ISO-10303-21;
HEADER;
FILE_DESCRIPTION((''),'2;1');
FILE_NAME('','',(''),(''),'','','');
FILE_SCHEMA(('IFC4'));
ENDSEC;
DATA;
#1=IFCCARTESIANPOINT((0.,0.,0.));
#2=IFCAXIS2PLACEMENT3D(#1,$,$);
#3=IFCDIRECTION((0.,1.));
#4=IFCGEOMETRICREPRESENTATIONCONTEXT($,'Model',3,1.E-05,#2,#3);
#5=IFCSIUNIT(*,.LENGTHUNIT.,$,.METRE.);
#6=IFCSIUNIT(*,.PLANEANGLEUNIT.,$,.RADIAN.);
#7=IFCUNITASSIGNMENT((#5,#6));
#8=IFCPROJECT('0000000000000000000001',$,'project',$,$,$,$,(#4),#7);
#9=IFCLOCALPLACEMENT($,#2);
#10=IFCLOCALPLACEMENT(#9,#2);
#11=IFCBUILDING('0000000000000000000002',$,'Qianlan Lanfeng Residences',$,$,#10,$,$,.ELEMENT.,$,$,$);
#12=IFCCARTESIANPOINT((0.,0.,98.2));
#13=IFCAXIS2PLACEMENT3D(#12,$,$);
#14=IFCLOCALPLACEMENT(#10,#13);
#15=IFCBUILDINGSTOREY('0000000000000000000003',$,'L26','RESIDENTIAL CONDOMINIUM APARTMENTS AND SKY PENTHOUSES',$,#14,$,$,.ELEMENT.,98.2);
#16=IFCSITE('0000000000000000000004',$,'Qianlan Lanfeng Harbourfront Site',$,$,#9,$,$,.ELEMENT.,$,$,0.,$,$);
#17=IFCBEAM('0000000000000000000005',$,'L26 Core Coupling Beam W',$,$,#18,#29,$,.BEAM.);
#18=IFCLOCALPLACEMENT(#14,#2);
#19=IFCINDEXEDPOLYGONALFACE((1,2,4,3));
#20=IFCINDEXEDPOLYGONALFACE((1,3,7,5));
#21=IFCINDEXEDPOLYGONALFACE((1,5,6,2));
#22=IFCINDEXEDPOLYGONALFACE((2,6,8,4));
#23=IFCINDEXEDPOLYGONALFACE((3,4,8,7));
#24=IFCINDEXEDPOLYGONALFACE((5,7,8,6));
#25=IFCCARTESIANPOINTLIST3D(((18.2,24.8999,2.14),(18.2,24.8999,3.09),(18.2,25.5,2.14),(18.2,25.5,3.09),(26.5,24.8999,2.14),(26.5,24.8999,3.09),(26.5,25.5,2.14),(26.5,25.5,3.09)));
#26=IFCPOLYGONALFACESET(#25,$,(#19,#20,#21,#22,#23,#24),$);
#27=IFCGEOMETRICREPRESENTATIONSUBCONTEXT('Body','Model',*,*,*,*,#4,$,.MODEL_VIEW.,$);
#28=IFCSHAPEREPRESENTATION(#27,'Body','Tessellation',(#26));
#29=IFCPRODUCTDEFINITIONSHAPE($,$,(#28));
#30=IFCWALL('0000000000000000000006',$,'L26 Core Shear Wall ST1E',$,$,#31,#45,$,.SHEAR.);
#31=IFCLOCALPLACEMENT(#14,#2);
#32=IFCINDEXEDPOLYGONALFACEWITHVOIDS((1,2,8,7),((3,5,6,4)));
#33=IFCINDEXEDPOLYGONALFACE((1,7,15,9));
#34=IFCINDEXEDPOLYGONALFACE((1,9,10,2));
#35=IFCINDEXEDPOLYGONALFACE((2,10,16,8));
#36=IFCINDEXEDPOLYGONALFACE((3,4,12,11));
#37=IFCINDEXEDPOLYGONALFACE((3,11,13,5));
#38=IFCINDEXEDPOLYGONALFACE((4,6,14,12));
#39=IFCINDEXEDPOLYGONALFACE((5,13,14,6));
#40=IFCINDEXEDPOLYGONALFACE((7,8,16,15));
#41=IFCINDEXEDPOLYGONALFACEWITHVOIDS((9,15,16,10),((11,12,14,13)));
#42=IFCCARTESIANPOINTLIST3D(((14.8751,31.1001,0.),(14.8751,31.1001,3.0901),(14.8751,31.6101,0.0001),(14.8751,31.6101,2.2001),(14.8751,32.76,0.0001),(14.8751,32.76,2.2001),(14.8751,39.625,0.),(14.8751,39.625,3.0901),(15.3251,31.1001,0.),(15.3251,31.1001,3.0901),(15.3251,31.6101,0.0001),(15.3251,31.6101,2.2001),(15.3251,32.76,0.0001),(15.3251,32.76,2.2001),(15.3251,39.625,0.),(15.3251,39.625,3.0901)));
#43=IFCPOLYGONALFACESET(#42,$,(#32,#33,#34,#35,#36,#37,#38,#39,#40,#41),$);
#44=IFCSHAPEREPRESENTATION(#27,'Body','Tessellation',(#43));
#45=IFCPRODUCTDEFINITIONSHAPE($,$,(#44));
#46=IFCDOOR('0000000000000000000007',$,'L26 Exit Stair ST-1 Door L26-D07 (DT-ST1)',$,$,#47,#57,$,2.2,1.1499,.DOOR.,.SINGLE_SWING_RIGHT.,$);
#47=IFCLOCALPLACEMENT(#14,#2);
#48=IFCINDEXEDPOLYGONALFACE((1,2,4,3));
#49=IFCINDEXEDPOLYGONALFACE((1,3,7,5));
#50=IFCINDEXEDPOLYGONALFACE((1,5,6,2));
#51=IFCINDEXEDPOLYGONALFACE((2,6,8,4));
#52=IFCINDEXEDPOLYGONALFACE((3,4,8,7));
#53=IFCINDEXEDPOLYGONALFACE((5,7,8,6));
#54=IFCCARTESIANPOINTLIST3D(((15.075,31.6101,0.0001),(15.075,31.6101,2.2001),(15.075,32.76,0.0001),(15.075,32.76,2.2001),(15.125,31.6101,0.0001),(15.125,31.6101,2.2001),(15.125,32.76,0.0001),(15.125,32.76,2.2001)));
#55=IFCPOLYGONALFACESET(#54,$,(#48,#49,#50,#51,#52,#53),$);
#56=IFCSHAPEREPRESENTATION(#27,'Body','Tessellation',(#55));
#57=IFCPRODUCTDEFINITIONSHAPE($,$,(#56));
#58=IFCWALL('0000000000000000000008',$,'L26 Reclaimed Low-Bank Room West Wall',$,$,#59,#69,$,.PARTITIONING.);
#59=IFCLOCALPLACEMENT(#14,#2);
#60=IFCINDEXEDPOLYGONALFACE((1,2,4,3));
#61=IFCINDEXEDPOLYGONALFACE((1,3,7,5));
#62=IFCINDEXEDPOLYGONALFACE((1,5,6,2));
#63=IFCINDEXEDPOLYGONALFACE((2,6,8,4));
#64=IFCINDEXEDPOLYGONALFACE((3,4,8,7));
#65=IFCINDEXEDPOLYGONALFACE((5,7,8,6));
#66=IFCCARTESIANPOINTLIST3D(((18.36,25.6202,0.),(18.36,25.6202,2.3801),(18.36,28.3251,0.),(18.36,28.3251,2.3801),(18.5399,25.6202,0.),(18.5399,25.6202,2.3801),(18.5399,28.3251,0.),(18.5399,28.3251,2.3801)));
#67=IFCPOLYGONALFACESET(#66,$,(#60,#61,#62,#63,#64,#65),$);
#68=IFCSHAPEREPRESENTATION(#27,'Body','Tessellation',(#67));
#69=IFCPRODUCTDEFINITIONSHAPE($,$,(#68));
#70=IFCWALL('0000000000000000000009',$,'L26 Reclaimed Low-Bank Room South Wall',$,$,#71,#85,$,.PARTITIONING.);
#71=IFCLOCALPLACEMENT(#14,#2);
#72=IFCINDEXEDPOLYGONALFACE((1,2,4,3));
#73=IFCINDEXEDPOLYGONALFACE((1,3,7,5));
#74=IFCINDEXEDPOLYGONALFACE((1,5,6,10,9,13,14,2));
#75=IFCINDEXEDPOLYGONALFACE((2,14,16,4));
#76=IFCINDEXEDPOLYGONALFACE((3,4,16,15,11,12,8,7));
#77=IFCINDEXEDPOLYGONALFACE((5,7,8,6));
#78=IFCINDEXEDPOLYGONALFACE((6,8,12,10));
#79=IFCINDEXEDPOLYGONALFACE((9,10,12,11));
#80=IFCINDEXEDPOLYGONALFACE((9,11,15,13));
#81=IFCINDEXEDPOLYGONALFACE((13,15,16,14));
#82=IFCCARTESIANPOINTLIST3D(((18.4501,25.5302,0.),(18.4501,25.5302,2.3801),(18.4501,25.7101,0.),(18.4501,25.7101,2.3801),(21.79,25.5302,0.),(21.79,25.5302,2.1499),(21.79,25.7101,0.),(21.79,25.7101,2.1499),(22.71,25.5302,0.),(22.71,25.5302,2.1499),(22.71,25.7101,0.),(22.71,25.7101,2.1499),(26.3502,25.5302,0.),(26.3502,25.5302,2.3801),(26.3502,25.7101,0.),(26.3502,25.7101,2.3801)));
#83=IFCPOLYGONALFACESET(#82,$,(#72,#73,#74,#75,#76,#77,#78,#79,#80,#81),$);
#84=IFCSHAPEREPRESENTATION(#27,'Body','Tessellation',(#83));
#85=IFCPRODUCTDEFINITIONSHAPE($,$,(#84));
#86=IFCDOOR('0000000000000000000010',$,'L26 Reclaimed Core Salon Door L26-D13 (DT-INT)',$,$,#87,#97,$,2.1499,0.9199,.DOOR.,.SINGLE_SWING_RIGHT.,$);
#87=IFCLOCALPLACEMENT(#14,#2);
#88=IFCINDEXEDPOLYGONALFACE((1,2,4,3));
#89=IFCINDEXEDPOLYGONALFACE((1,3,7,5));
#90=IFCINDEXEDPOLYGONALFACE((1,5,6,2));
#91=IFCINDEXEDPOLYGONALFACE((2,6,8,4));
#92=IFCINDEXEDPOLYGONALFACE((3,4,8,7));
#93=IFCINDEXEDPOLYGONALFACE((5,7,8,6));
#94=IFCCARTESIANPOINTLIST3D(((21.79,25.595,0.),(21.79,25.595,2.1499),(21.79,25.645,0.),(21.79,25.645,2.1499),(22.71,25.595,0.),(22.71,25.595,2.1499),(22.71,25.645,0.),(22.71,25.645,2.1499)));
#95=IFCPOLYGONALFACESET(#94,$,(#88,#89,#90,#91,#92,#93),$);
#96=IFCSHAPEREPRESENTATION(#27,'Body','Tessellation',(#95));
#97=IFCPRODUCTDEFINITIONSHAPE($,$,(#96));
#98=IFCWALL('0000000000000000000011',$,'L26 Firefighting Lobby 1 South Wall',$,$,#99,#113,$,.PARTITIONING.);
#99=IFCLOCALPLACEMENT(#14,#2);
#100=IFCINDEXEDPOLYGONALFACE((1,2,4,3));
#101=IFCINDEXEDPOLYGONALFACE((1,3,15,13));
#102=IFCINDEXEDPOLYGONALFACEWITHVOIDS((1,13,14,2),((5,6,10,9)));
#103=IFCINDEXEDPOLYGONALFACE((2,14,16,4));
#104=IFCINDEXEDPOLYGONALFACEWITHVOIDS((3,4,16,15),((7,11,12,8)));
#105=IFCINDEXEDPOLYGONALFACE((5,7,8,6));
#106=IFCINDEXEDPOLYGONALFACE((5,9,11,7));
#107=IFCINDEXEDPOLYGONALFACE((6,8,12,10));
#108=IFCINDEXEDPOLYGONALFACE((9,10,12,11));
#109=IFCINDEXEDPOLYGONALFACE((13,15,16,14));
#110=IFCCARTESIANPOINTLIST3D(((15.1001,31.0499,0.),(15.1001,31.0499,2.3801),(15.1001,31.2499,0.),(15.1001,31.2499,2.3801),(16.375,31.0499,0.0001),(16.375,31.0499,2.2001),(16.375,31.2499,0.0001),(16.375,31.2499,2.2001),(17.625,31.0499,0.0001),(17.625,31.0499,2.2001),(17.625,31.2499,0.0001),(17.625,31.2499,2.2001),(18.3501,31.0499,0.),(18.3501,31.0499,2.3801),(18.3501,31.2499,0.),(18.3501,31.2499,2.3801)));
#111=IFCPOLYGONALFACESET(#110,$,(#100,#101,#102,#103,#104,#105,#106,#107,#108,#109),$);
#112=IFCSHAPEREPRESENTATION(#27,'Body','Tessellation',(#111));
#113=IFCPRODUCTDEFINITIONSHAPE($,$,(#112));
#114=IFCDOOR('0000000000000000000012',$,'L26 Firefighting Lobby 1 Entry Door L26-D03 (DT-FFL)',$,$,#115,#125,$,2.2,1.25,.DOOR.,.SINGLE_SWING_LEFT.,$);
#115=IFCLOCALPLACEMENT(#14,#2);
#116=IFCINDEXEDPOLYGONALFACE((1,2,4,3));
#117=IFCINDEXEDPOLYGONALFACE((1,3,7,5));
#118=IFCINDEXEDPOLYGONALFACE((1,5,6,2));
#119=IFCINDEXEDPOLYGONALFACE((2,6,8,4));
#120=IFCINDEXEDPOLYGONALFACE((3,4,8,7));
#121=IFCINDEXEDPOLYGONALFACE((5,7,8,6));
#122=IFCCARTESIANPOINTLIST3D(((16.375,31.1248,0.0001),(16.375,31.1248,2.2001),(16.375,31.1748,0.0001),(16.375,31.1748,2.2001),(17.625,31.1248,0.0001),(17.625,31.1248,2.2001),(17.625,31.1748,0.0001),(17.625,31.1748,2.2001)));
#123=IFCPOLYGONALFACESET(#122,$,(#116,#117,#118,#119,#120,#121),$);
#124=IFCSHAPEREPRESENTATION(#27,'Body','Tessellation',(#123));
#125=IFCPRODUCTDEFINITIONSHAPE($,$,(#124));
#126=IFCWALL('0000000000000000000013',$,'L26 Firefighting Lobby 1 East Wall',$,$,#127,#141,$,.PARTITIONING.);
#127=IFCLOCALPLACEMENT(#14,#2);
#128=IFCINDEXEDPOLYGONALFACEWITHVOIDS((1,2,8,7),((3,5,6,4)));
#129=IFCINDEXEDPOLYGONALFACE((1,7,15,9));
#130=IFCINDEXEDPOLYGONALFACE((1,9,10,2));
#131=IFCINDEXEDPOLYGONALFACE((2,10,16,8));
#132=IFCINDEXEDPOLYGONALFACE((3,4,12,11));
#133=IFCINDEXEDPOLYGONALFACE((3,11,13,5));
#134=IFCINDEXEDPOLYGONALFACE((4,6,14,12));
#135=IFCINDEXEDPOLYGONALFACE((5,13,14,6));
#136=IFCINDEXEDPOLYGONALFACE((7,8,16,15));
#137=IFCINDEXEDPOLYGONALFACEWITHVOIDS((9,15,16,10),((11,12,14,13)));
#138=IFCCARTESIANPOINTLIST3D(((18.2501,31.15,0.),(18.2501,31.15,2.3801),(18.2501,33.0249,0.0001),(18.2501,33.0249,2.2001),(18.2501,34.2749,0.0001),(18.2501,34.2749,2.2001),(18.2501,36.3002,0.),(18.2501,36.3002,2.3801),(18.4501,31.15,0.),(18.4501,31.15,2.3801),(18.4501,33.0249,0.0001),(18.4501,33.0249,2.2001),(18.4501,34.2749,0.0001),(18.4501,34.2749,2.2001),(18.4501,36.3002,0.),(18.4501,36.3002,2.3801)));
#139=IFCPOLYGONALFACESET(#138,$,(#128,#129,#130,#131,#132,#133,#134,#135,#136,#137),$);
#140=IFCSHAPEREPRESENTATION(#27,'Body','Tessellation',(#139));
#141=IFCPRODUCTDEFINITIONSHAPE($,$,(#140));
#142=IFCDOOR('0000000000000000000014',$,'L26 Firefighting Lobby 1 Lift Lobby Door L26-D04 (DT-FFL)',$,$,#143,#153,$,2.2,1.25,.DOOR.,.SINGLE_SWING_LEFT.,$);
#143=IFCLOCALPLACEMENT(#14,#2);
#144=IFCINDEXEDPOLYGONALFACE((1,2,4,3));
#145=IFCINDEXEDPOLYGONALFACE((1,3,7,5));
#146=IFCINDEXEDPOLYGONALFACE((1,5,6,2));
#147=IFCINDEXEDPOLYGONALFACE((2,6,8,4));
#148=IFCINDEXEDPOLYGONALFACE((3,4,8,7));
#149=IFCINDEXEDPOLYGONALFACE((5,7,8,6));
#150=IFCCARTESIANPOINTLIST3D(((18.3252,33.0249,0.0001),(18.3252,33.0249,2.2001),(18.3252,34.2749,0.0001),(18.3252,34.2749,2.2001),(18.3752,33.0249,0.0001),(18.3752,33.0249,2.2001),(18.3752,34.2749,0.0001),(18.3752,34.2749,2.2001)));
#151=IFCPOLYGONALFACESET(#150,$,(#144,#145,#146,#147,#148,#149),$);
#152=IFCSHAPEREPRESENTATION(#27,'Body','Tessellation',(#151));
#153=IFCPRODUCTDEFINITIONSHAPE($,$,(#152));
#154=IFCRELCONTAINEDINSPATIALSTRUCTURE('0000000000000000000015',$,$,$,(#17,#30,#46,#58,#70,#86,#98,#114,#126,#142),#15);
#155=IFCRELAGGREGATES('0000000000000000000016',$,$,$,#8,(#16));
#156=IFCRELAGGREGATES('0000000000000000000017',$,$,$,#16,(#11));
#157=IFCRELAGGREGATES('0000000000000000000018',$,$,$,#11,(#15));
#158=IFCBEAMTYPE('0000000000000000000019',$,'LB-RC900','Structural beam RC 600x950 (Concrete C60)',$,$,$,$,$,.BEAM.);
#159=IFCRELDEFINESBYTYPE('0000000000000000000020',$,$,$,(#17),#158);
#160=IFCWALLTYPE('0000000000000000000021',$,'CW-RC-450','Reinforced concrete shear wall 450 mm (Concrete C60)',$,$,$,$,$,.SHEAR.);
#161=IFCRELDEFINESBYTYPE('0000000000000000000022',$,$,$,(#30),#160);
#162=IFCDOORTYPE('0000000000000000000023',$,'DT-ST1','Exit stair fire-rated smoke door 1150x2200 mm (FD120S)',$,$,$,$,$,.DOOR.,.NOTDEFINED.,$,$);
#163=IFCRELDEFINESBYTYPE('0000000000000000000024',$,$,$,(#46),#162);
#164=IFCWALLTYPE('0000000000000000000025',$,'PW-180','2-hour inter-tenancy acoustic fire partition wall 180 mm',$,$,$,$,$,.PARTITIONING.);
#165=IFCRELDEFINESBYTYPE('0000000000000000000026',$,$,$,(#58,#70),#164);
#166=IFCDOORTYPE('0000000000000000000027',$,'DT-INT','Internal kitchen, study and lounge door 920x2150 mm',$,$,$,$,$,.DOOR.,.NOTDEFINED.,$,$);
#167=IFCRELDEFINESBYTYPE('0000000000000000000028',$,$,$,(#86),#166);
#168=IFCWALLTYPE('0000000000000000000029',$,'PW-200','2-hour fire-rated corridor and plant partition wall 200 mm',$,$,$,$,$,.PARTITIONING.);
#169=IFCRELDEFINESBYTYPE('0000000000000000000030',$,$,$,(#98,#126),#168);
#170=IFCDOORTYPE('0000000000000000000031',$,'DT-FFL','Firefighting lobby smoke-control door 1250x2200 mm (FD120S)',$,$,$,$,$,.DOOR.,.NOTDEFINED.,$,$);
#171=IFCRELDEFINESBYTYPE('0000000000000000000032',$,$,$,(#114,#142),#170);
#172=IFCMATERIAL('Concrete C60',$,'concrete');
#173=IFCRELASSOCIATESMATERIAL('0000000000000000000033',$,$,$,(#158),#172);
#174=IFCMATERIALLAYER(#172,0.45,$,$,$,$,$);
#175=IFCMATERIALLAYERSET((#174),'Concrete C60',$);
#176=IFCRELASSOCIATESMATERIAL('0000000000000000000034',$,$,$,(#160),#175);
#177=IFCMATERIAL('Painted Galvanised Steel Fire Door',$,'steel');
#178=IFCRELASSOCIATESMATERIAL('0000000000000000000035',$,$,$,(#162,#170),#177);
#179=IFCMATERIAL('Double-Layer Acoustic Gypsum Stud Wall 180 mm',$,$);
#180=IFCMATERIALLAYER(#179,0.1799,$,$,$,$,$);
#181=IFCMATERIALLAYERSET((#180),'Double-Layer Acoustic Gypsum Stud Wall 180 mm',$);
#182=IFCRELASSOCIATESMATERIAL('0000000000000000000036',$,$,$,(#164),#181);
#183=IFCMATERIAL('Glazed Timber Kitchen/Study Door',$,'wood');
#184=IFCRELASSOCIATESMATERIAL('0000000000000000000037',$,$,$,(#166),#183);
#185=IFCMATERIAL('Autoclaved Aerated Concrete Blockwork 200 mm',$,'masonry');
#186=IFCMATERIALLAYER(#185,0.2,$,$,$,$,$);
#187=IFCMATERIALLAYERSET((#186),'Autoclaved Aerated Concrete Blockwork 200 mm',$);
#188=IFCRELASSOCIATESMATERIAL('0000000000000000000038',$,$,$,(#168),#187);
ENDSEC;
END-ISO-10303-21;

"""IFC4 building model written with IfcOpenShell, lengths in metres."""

from ifc_helpers import new_model, si_unit, direction, frame, frame_2d, origin, origin_2d, place, context, subcontext, project, spatial, rectangle, extrude, material, layer, layer_set, material_profile, profile_set, type_object, element, fill, save


model = new_model("IFC4")

# Units and contexts
model_context = context("Model", 3, precision=1e-05, world=origin(), true_north=direction((0.0, 1.0)))
body_context = subcontext(model_context, "Body", "Model", "MODEL_VIEW")
ifc_project = project(units=[si_unit("LENGTHUNIT", "METRE"), si_unit("PLANEANGLEUNIT", "RADIAN")], contexts=[model_context])

# Site, building, storey
site_placement = place(None, origin())
site = spatial("IfcSite", under=ifc_project, at=site_placement, Name="Qianlan Lanfeng Harbourfront Site", CompositionType="ELEMENT", RefElevation=0.0)
building_placement = place(site_placement, origin())
building = spatial("IfcBuilding", under=site, at=building_placement, Name="Qianlan Lanfeng Residences", CompositionType="ELEMENT")
storey_placement = place(building_placement, frame((0.0, 0.0, 98.2)))
storey = spatial("IfcBuildingStorey", under=building, at=storey_placement, Name="L26", Description="RESIDENTIAL CONDOMINIUM APARTMENTS AND SKY PENTHOUSES", CompositionType="ELEMENT", Elevation=98.2)

# Beam
ifc_material_1 = material(Name="Concrete C60", Category="concrete")
ifc_material_profile = material_profile(ifc_material_1, rectangle(XDim=0.6001, YDim=0.95, at=origin_2d()), Name="RC 600x950")
ifc_profile_set = profile_set([ifc_material_profile], Name="Concrete C60")
beam_type = type_object("IfcBeamType", Name="LB-RC900", Description="Structural beam RC 600x950 (Concrete C60)", PredefinedType="BEAM", material=ifc_profile_set)
beam_placement = place(storey_placement, frame((18.2, 25.2, 2.615), z_axis=(1.0, 0.0, 0.0), x_axis=(0.0, 1.0, 0.0)))
element("IfcBeam", 1, at=beam_placement, inside=storey, type_object=beam_type, Name="L26 Core Coupling Beam W", PredefinedType="BEAM", context=body_context, shape_type="SweptSolid", body=[
    extrude(rectangle(XDim=0.6001, YDim=0.95, at=origin_2d()), origin(), (0.0, 0.0, 1.0), 8.3),
])

# Wall, opening, door
ifc_layer_1 = layer(ifc_material_1, 0.45)
ifc_layer_set_1 = layer_set([ifc_layer_1], Name="Concrete C60")
wall_type_1 = type_object("IfcWallType", Name="CW-RC-450", Description="Reinforced concrete shear wall 450 mm (Concrete C60)", PredefinedType="SHEAR", material=ifc_layer_set_1)
wall_1_placement = place(storey_placement, frame((15.1001, 31.1001, 0.0), z_axis=(0.0, 0.0, 1.0), x_axis=(0.0, 1.0, 0.0)))
wall_1 = element("IfcWall", 2, at=wall_1_placement, inside=storey, type_object=wall_type_1, Name="L26 Core Shear Wall ST1E", PredefinedType="SHEAR", context=body_context, shape_type="SweptSolid", body=[
    extrude(rectangle(XDim=8.5249, YDim=0.45, at=frame_2d((4.2625, 0.0))), origin(), (0.0, 0.0, 1.0), 3.0901),
])
opening_1_placement = place(wall_1_placement, frame((0.51, 0.0, 0.0)))
opening_1 = element("IfcOpeningElement", 3, at=opening_1_placement, cuts=wall_1, PredefinedType="OPENING", context=body_context, shape_type="SweptSolid", body=[
    extrude(rectangle(XDim=1.1499, YDim=2.2, at=frame_2d((0.575, 1.1001))), frame((0.0, 0.2349, 0.0), z_axis=(0.0, -1.0, 0.0), x_axis=(1.0, 0.0, 0.0)), (0.0, 0.0, 1.0), 0.47),
])
ifc_material_2 = material(Name="Painted Galvanised Steel Fire Door", Category="steel")
door_type_1 = type_object("IfcDoorType", Name="DT-ST1", Description="Exit stair fire-rated smoke door 1150x2200 mm (FD120S)", OperationType="NOTDEFINED", PredefinedType="DOOR", material=ifc_material_2)
door_1_placement = place(opening_1_placement, frame((1.1499, 0.0, 0.0), z_axis=(0.0, 0.0, 1.0), x_axis=(-1.0, 0.0, 0.0)))
door_1 = element("IfcDoor", 4, at=door_1_placement, inside=storey, type_object=door_type_1, Name="L26 Exit Stair ST-1 Door L26-D07 (DT-ST1)", OperationType="SINGLE_SWING_RIGHT", OverallHeight=2.2, OverallWidth=1.1499, PredefinedType="DOOR", context=body_context, shape_type="SweptSolid", body=[
    extrude(rectangle(XDim=1.1499, YDim=2.2, at=frame_2d((0.575, 1.1001))), frame((0.0, 0.0249, 0.0), z_axis=(0.0, -1.0, 0.0), x_axis=(1.0, 0.0, 0.0)), (0.0, 0.0, 1.0), 0.05),
])
fill(opening_1, door_1)

# Shared definitions
ifc_material_3 = material(Name="Double-Layer Acoustic Gypsum Stud Wall 180 mm")
ifc_layer_2 = layer(ifc_material_3, 0.1799)
ifc_layer_set_2 = layer_set([ifc_layer_2], Name="Double-Layer Acoustic Gypsum Stud Wall 180 mm")
wall_type_2 = type_object("IfcWallType", Name="PW-180", Description="2-hour inter-tenancy acoustic fire partition wall 180 mm", PredefinedType="PARTITIONING", material=ifc_layer_set_2)
ifc_material_4 = material(Name="Glazed Timber Kitchen/Study Door", Category="wood")
door_type_2 = type_object("IfcDoorType", Name="DT-INT", Description="Internal kitchen, study and lounge door 920x2150 mm", OperationType="NOTDEFINED", PredefinedType="DOOR", material=ifc_material_4)

# Wall
wall_2_placement = place(storey_placement, frame((18.45, 25.6201, 0.0), z_axis=(0.0, 0.0, 1.0), x_axis=(0.0, 1.0, 0.0)))
element("IfcWall", 5, at=wall_2_placement, inside=storey, type_object=wall_type_2, Name="L26 Reclaimed Low-Bank Room West Wall", PredefinedType="PARTITIONING", context=body_context, shape_type="SweptSolid", body=[
    extrude(rectangle(XDim=2.7048, YDim=0.1799, at=frame_2d((1.3525, 0.0))), origin(), (0.0, 0.0, 1.0), 2.3801),
])

# Walls, openings, doors
wall_3_placement = place(storey_placement, frame((18.45, 25.6201, 0.0), z_axis=(0.0, 0.0, 1.0), x_axis=(1.0, 0.0, 0.0)))
wall_3 = element("IfcWall", 6, at=wall_3_placement, inside=storey, type_object=wall_type_2, Name="L26 Reclaimed Low-Bank Room South Wall", PredefinedType="PARTITIONING", context=body_context, shape_type="SweptSolid", body=[
    extrude(rectangle(XDim=7.9001, YDim=0.1799, at=frame_2d((3.9502, 0.0))), origin(), (0.0, 0.0, 1.0), 2.3801),
])
opening_2_placement = place(wall_3_placement, frame((3.3401, 0.0, 0.0)))
opening_2 = element("IfcOpeningElement", 7, at=opening_2_placement, cuts=wall_3, PredefinedType="OPENING", context=body_context, shape_type="SweptSolid", body=[
    extrude(rectangle(XDim=0.9199, YDim=2.1499, at=frame_2d((0.46, 1.075))), frame((0.0, 0.1001, 0.0), z_axis=(0.0, -1.0, 0.0), x_axis=(1.0, 0.0, 0.0)), (0.0, 0.0, 1.0), 0.2),
])
door_2_placement = place(opening_2_placement, origin())
door_2 = element("IfcDoor", 8, at=door_2_placement, inside=storey, type_object=door_type_2, Name="L26 Reclaimed Core Salon Door L26-D13 (DT-INT)", OperationType="SINGLE_SWING_RIGHT", OverallHeight=2.1499, OverallWidth=0.9199, PredefinedType="DOOR", context=body_context, shape_type="SweptSolid", body=[
    extrude(rectangle(XDim=0.9199, YDim=2.1499, at=frame_2d((0.46, 1.075))), frame((0.0, 0.0249, 0.0), z_axis=(0.0, -1.0, 0.0), x_axis=(1.0, 0.0, 0.0)), (0.0, 0.0, 1.0), 0.05),
])
fill(opening_2, door_2)
ifc_material_5 = material(Name="Autoclaved Aerated Concrete Blockwork 200 mm", Category="masonry")
ifc_layer_3 = layer(ifc_material_5, 0.2)
ifc_layer_set_3 = layer_set([ifc_layer_3], Name="Autoclaved Aerated Concrete Blockwork 200 mm")
wall_type_3 = type_object("IfcWallType", Name="PW-200", Description="2-hour fire-rated corridor and plant partition wall 200 mm", PredefinedType="PARTITIONING", material=ifc_layer_set_3)
wall_4_placement = place(storey_placement, frame((15.1001, 31.1499, 0.0), z_axis=(0.0, 0.0, 1.0), x_axis=(1.0, 0.0, 0.0)))
wall_4 = element("IfcWall", 9, at=wall_4_placement, inside=storey, type_object=wall_type_3, Name="L26 Firefighting Lobby 1 South Wall", PredefinedType="PARTITIONING", context=body_context, shape_type="SweptSolid", body=[
    extrude(rectangle(XDim=3.25, YDim=0.2, at=frame_2d((1.625, 0.0))), origin(), (0.0, 0.0, 1.0), 2.3801),
])
opening_3_placement = place(wall_4_placement, frame((1.2749, 0.0, 0.0)))
opening_3 = element("IfcOpeningElement", 10, at=opening_3_placement, cuts=wall_4, PredefinedType="OPENING", context=body_context, shape_type="SweptSolid", body=[
    extrude(rectangle(XDim=1.25, YDim=2.2, at=frame_2d((0.625, 1.1001))), frame((0.0, 0.1099, 0.0), z_axis=(0.0, -1.0, 0.0), x_axis=(1.0, 0.0, 0.0)), (0.0, 0.0, 1.0), 0.22),
])
door_type_3 = type_object("IfcDoorType", Name="DT-FFL", Description="Firefighting lobby smoke-control door 1250x2200 mm (FD120S)", OperationType="NOTDEFINED", PredefinedType="DOOR", material=ifc_material_2)
door_3_placement = place(opening_3_placement, origin())
door_3 = element("IfcDoor", 11, at=door_3_placement, inside=storey, type_object=door_type_3, Name="L26 Firefighting Lobby 1 Entry Door L26-D03 (DT-FFL)", OperationType="SINGLE_SWING_LEFT", OverallHeight=2.2, OverallWidth=1.25, PredefinedType="DOOR", context=body_context, shape_type="SweptSolid", body=[
    extrude(rectangle(XDim=1.25, YDim=2.2, at=frame_2d((0.625, 1.1001))), frame((0.0, 0.0249, 0.0), z_axis=(0.0, -1.0, 0.0), x_axis=(1.0, 0.0, 0.0)), (0.0, 0.0, 1.0), 0.05),
])
fill(opening_3, door_3)
wall_5_placement = place(storey_placement, frame((18.3501, 31.1499, 0.0), z_axis=(0.0, 0.0, 1.0), x_axis=(0.0, 1.0, 0.0)))
wall_5 = element("IfcWall", 12, at=wall_5_placement, inside=storey, type_object=wall_type_3, Name="L26 Firefighting Lobby 1 East Wall", PredefinedType="PARTITIONING", context=body_context, shape_type="SweptSolid", body=[
    extrude(rectangle(XDim=5.1501, YDim=0.2, at=frame_2d((2.5752, 0.0))), origin(), (0.0, 0.0, 1.0), 2.3801),
])
opening_4_placement = place(wall_5_placement, frame((1.875, 0.0, 0.0)))
opening_4 = element("IfcOpeningElement", 13, at=opening_4_placement, cuts=wall_5, PredefinedType="OPENING", context=body_context, shape_type="SweptSolid", body=[
    extrude(rectangle(XDim=1.25, YDim=2.2, at=frame_2d((0.625, 1.1001))), frame((0.0, 0.1099, 0.0), z_axis=(0.0, -1.0, 0.0), x_axis=(1.0, 0.0, 0.0)), (0.0, 0.0, 1.0), 0.22),
])
door_4_placement = place(opening_4_placement, origin())
door_4 = element("IfcDoor", 14, at=door_4_placement, inside=storey, type_object=door_type_3, Name="L26 Firefighting Lobby 1 Lift Lobby Door L26-D04 (DT-FFL)", OperationType="SINGLE_SWING_LEFT", OverallHeight=2.2, OverallWidth=1.25, PredefinedType="DOOR", context=body_context, shape_type="SweptSolid", body=[
    extrude(rectangle(XDim=1.25, YDim=2.2, at=frame_2d((0.625, 1.1001))), frame((0.0, 0.0249, 0.0), z_axis=(0.0, -1.0, 0.0), x_axis=(1.0, 0.0, 0.0)), (0.0, 0.0, 1.0), 0.05),
])
fill(opening_4, door_4)

save(model, "model.ifc")
